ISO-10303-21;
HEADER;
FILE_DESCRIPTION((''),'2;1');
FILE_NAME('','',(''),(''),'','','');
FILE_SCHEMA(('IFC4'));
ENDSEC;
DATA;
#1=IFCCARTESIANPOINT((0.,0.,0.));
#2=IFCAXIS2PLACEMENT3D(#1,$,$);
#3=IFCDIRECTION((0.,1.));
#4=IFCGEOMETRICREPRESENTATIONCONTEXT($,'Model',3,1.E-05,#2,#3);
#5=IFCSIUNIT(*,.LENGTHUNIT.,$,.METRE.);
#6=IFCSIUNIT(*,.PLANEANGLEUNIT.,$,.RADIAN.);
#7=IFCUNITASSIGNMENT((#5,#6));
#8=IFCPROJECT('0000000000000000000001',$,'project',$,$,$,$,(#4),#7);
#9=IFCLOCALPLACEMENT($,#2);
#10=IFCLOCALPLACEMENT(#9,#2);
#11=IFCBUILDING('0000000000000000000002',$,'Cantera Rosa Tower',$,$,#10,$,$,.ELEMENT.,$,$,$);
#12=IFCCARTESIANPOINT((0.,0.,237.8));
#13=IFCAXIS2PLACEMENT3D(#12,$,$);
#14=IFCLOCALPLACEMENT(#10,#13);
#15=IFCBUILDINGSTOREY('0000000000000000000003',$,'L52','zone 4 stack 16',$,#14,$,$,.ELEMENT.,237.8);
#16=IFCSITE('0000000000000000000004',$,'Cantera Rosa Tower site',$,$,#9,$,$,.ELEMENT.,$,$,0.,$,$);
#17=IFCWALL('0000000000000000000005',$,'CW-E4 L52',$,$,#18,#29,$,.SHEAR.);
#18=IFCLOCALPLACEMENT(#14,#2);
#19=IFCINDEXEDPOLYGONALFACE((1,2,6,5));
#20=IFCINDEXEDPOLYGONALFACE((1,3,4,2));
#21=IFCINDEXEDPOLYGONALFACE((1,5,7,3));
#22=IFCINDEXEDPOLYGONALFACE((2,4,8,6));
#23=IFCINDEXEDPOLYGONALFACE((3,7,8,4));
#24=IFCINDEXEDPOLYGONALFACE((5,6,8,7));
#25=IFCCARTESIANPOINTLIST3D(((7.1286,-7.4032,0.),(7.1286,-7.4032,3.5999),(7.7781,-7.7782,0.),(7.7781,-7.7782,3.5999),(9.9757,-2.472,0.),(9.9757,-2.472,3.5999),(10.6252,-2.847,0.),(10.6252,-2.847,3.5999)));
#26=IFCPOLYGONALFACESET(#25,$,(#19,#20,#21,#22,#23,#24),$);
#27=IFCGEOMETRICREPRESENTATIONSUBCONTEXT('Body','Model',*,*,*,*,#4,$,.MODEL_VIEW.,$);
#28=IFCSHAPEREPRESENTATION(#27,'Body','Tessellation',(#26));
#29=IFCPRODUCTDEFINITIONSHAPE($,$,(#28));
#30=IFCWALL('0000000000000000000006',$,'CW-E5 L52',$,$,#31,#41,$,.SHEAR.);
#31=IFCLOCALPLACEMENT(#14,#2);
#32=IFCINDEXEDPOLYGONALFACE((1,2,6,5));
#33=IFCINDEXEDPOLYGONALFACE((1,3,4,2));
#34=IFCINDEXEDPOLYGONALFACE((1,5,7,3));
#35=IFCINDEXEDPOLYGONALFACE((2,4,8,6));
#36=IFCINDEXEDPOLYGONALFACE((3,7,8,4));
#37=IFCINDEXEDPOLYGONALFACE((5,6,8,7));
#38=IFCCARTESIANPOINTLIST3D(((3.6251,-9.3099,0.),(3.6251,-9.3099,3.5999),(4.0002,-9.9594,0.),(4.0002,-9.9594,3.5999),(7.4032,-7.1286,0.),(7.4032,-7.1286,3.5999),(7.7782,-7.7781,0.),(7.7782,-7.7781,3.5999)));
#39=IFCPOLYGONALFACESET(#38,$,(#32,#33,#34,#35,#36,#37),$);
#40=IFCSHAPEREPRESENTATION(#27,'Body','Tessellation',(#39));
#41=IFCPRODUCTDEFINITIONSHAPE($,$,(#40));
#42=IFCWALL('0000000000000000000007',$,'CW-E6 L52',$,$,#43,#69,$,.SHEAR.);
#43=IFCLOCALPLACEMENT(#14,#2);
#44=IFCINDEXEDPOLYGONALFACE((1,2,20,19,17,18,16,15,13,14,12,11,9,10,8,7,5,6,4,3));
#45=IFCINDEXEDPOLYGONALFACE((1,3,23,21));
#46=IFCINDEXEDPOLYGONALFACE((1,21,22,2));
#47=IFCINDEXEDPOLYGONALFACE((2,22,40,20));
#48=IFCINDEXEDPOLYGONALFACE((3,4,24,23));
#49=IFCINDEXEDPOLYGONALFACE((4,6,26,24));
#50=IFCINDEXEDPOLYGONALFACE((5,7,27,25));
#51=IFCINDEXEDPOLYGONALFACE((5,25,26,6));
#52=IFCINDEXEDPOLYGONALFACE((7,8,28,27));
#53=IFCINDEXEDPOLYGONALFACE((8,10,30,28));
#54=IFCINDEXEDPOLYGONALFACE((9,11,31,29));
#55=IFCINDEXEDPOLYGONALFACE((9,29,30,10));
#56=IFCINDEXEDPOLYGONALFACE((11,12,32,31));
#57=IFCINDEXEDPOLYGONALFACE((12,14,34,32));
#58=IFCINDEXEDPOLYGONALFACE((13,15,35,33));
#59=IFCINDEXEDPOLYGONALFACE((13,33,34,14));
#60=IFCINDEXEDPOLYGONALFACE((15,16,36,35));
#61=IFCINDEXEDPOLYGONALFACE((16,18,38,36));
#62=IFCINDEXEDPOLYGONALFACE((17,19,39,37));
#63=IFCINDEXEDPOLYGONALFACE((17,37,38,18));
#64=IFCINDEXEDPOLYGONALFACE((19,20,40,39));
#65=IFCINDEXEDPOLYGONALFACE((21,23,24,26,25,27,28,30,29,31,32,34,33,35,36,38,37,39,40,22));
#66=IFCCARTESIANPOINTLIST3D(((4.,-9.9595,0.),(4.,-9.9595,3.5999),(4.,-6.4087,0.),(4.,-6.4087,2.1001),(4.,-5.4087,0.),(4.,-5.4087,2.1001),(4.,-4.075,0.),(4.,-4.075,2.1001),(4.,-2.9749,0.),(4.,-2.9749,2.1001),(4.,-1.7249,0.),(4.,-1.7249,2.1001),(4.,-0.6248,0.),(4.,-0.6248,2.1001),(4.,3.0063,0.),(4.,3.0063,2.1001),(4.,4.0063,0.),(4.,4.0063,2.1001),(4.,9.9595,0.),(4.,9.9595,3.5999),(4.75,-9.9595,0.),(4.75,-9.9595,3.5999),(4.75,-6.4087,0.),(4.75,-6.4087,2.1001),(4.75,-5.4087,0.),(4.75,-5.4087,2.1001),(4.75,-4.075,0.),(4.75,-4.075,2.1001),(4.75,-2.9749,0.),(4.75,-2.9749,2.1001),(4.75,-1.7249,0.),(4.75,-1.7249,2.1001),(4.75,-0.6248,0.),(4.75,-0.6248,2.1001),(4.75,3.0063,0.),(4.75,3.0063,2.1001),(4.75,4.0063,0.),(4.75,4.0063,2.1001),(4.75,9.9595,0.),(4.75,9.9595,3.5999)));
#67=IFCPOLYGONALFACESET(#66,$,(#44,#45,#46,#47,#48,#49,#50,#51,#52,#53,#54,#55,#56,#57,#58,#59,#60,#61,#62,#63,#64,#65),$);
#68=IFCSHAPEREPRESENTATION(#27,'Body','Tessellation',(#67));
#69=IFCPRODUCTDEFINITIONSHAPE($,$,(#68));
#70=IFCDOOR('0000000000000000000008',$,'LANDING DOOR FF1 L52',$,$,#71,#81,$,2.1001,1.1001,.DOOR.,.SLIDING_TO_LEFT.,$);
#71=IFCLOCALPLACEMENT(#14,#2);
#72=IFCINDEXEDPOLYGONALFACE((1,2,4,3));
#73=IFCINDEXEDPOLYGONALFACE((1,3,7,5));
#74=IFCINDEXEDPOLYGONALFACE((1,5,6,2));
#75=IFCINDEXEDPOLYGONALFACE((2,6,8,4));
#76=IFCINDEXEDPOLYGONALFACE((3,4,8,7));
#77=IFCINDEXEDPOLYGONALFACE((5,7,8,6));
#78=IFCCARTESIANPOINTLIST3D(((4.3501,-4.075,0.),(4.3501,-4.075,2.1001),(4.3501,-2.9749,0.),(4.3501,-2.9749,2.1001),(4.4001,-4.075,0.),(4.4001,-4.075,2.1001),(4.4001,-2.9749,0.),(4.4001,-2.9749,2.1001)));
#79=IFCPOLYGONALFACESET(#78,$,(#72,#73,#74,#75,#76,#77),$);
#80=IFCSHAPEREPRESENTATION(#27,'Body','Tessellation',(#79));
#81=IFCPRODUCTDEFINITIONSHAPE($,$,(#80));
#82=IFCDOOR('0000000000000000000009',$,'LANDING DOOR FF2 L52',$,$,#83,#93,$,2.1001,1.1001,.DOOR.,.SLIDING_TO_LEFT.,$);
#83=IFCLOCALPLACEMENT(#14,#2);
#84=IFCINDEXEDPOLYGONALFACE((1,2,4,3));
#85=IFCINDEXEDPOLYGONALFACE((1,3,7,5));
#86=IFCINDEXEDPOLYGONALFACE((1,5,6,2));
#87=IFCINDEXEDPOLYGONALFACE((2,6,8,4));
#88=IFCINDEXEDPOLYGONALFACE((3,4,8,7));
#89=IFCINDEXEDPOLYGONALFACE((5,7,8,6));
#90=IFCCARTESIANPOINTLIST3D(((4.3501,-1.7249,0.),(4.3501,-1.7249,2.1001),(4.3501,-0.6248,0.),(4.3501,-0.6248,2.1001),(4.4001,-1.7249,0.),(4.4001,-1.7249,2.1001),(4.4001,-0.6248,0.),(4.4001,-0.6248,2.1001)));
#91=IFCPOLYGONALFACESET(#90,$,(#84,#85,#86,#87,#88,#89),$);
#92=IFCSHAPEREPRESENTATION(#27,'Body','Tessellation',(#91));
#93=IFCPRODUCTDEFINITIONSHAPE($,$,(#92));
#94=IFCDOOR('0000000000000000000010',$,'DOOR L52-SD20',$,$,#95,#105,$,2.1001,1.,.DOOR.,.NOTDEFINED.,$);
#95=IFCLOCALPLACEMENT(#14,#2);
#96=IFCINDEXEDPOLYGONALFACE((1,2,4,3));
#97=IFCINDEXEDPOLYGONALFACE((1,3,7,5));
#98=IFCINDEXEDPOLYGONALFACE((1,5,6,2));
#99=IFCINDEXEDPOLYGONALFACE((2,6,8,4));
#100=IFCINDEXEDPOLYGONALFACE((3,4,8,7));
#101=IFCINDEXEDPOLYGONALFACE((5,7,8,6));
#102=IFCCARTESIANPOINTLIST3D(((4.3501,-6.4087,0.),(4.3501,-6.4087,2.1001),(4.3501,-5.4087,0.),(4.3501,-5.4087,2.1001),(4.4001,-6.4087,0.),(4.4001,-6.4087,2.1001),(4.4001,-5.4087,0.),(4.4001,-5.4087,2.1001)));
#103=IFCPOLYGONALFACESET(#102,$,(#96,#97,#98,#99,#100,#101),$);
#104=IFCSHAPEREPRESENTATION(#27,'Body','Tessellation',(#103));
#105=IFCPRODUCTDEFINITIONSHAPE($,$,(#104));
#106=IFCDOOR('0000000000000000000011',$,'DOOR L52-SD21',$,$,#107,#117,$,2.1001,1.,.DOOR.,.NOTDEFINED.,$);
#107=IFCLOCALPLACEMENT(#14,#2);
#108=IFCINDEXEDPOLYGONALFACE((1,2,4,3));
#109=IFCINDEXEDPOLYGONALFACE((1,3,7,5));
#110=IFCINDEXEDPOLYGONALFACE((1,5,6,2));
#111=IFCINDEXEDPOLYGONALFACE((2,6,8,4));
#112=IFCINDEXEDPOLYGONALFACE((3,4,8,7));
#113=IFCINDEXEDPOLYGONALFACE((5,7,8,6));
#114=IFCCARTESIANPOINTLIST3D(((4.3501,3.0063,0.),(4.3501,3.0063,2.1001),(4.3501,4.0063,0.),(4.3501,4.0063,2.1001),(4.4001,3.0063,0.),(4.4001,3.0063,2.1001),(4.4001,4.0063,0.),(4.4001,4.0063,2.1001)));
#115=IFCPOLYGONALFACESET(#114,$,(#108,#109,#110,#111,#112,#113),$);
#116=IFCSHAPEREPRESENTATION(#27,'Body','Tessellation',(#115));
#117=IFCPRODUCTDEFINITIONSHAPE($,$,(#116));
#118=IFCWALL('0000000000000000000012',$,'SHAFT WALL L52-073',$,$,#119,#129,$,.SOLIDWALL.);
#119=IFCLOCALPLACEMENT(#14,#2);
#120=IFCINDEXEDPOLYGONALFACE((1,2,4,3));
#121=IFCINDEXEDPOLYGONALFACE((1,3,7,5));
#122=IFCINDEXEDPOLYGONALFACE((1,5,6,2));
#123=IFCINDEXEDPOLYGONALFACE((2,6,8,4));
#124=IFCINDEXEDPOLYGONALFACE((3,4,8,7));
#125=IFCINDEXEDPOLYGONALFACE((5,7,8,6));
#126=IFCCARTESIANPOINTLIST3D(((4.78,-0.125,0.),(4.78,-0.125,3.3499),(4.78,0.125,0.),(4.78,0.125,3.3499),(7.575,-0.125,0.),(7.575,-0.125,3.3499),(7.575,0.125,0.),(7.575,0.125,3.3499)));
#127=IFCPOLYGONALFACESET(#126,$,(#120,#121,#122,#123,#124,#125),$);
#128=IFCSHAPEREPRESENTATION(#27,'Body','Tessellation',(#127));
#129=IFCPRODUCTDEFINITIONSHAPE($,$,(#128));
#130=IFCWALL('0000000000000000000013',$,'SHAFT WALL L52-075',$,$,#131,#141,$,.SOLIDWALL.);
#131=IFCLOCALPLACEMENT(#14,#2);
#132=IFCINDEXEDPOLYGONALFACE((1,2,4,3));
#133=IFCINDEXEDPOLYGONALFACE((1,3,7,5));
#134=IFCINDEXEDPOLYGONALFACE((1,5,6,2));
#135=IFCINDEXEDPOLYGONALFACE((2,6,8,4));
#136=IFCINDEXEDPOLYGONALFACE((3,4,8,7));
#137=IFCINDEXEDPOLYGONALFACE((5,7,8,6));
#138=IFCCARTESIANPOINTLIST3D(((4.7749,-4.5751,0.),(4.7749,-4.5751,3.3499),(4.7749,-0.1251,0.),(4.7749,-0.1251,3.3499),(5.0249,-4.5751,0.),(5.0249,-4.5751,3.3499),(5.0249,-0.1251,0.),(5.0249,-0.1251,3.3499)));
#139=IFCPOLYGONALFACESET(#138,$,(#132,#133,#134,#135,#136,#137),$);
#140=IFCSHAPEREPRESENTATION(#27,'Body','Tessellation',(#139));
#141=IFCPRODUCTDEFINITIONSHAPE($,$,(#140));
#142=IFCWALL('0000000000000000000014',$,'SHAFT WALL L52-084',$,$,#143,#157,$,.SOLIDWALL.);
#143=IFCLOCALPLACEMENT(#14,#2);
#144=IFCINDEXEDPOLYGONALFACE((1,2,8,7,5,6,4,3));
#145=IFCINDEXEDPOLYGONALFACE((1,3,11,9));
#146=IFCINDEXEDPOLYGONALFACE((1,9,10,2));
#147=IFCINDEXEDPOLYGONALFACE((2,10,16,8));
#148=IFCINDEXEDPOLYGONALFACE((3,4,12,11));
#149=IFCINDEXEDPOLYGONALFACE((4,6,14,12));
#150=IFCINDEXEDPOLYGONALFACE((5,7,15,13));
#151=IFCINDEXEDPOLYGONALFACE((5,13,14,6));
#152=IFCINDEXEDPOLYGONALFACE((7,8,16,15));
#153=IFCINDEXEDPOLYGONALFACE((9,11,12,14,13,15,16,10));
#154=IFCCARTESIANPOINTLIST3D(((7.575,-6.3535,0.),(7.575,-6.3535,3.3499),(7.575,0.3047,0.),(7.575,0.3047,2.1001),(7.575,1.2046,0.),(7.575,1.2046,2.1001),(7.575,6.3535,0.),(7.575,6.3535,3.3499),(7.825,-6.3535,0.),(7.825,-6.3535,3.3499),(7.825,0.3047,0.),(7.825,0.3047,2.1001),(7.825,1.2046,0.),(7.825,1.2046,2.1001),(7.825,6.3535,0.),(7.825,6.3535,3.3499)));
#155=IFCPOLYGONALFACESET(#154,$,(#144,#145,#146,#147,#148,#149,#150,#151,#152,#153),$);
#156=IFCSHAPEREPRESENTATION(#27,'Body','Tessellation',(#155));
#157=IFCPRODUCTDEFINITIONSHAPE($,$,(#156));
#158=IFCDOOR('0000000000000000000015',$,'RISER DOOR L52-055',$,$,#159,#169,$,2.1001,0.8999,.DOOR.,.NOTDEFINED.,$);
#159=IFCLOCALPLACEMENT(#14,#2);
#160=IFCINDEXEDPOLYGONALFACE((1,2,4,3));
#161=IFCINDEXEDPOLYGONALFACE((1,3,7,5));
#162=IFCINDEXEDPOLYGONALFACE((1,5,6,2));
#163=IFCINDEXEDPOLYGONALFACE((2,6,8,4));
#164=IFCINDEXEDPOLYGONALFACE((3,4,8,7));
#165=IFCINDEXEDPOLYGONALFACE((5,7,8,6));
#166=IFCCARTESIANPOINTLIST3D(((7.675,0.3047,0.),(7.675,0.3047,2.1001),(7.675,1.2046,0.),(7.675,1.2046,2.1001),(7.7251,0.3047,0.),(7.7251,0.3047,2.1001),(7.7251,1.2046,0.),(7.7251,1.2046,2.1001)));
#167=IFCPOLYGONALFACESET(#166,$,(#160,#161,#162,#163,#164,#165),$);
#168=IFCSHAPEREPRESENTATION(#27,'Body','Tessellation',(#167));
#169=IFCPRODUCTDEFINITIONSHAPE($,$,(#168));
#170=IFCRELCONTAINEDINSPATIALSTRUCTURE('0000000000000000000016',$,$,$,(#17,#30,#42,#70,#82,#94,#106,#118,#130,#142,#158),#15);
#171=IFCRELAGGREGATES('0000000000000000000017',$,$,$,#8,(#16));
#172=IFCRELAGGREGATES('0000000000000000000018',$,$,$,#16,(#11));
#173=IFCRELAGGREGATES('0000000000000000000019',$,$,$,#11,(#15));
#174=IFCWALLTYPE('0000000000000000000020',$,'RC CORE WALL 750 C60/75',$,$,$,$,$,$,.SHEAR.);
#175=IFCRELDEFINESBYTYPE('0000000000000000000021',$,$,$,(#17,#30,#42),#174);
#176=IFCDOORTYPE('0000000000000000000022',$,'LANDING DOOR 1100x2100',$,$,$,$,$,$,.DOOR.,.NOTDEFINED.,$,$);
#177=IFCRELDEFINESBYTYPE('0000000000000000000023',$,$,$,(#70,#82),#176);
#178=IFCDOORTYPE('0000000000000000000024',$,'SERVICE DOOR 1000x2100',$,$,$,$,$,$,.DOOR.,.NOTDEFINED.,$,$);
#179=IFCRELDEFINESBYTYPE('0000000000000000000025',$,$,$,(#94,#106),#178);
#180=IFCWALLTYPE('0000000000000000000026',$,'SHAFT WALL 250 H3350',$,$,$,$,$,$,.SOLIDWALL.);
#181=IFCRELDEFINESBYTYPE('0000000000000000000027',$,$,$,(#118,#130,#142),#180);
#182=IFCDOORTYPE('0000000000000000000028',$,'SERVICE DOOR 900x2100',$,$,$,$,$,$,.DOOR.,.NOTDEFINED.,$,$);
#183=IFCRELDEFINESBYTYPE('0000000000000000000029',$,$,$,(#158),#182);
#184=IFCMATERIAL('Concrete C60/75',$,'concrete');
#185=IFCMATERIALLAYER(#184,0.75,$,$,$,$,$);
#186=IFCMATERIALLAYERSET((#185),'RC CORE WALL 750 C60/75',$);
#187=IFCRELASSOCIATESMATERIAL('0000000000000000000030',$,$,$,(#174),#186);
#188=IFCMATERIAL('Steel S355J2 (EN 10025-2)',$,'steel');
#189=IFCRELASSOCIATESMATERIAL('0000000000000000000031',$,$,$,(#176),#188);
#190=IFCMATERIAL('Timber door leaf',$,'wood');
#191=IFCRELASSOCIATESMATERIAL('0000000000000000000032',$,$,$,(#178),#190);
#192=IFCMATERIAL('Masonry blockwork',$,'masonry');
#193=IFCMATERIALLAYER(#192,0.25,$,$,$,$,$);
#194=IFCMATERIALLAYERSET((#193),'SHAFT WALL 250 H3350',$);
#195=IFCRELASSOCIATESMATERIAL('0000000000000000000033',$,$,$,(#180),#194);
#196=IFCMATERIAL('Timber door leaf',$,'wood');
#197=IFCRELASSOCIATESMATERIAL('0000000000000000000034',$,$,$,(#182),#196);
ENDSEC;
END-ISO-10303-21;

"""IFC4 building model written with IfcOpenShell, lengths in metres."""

from ifc_helpers import new_model, si_unit, direction, frame, frame_2d, origin, place, context, subcontext, project, spatial, rectangle, extrude, material, layer, layer_set, type_object, element, fill, save


model = new_model("IFC4")

# Units and contexts
model_context = context("Model", 3, precision=1e-05, world=origin(), true_north=direction((0.0, 1.0)))
body_context = subcontext(model_context, "Body", "Model", "MODEL_VIEW")
ifc_project = project(units=[si_unit("LENGTHUNIT", "METRE"), si_unit("PLANEANGLEUNIT", "RADIAN")], contexts=[model_context])

# Site, building, storey
site_placement = place(None, origin())
site = spatial("IfcSite", under=ifc_project, at=site_placement, Name="Cantera Rosa Tower site", CompositionType="ELEMENT", RefElevation=0.0)
building_placement = place(site_placement, origin())
building = spatial("IfcBuilding", under=site, at=building_placement, Name="Cantera Rosa Tower", CompositionType="ELEMENT")
storey_placement = place(building_placement, frame((0.0, 0.0, 237.8)))
storey = spatial("IfcBuildingStorey", under=building, at=storey_placement, Name="L52", Description="zone 4 stack 16", CompositionType="ELEMENT", Elevation=237.8)

# Walls
ifc_material_1 = material(Name="Concrete C60/75", Category="concrete")
ifc_layer_1 = layer(ifc_material_1, 0.75)
ifc_layer_set_1 = layer_set([ifc_layer_1], Name="RC CORE WALL 750 C60/75")
wall_type_1 = type_object("IfcWallType", Name="RC CORE WALL 750 C60/75", PredefinedType="SHEAR", material=ifc_layer_set_1)
wall_1_placement = place(storey_placement, frame((10.3005, -2.6594, 0.0), z_axis=(0.0, 0.0, 1.0), x_axis=(-0.500022, -0.866013, 0.0)))
element("IfcWall", 1, at=wall_1_placement, inside=storey, type_object=wall_type_1, Name="CW-E4 L52", PredefinedType="SHEAR", context=body_context, shape_type="SweptSolid", body=[
    extrude(rectangle(XDim=5.6941, YDim=0.75, at=frame_2d((2.8472, 0.0))), origin(), (0.0, 0.0, 1.0), 3.5999),
])
wall_2_placement = place(storey_placement, frame((7.5906, -7.4534, 0.0), z_axis=(0.0, 0.0, 1.0), x_axis=(-0.866013, -0.500021, 0.0)))
element("IfcWall", 2, at=wall_2_placement, inside=storey, type_object=wall_type_1, Name="CW-E5 L52", PredefinedType="SHEAR", context=body_context, shape_type="SweptSolid", body=[
    extrude(rectangle(XDim=4.3625, YDim=0.75, at=frame_2d((2.1812, 0.0))), origin(), (0.0, 0.0, 1.0), 3.5999),
])

# Wall, openings, doors
wall_3_placement = place(storey_placement, frame((4.375, -9.9595, 0.0), z_axis=(0.0, 0.0, 1.0), x_axis=(0.0, 1.0, 0.0)))
wall_3 = element("IfcWall", 3, at=wall_3_placement, inside=storey, type_object=wall_type_1, Name="CW-E6 L52", PredefinedType="SHEAR", context=body_context, shape_type="SweptSolid", body=[
    extrude(rectangle(XDim=19.9189, YDim=0.75, at=frame_2d((9.9595, 0.0))), origin(), (0.0, 0.0, 1.0), 3.5999),
])
opening_1_placement = place(wall_3_placement, frame((5.8845, 0.0, 0.0)))
opening_1 = element("IfcOpeningElement", 4, at=opening_1_placement, cuts=wall_3, PredefinedType="OPENING", context=body_context, shape_type="SweptSolid", body=[
    extrude(rectangle(XDim=1.1001, YDim=2.1001, at=frame_2d((0.55, 1.05))), frame((0.0, 0.385, 0.0), z_axis=(0.0, -1.0, 0.0), x_axis=(1.0, 0.0, 0.0)), (0.0, 0.0, 1.0), 0.77),
])
opening_2_placement = place(wall_3_placement, frame((8.2346, 0.0, 0.0)))
opening_2 = element("IfcOpeningElement", 5, at=opening_2_placement, cuts=wall_3, PredefinedType="OPENING", context=body_context, shape_type="SweptSolid", body=[
    extrude(rectangle(XDim=1.1001, YDim=2.1001, at=frame_2d((0.55, 1.05))), frame((0.0, 0.385, 0.0), z_axis=(0.0, -1.0, 0.0), x_axis=(1.0, 0.0, 0.0)), (0.0, 0.0, 1.0), 0.77),
])
opening_3_placement = place(wall_3_placement, frame((3.5508, 0.0, 0.0)))
opening_3 = element("IfcOpeningElement", 6, at=opening_3_placement, cuts=wall_3, PredefinedType="OPENING", context=body_context, shape_type="SweptSolid", body=[
    extrude(rectangle(XDim=1.0, YDim=2.1001, at=frame_2d((0.5, 1.05))), frame((0.0, 0.385, 0.0), z_axis=(0.0, -1.0, 0.0), x_axis=(1.0, 0.0, 0.0)), (0.0, 0.0, 1.0), 0.77),
])
opening_4_placement = place(wall_3_placement, frame((12.9658, 0.0, 0.0)))
opening_4 = element("IfcOpeningElement", 7, at=opening_4_placement, cuts=wall_3, PredefinedType="OPENING", context=body_context, shape_type="SweptSolid", body=[
    extrude(rectangle(XDim=1.0, YDim=2.1001, at=frame_2d((0.5, 1.05))), frame((0.0, 0.385, 0.0), z_axis=(0.0, -1.0, 0.0), x_axis=(1.0, 0.0, 0.0)), (0.0, 0.0, 1.0), 0.77),
])
ifc_material_2 = material(Name="Steel S355J2 (EN 10025-2)", Category="steel")
door_type_1 = type_object("IfcDoorType", Name="LANDING DOOR 1100x2100", OperationType="NOTDEFINED", PredefinedType="DOOR", material=ifc_material_2)
door_1_placement = place(opening_1_placement, origin())
door_1 = element("IfcDoor", 8, at=door_1_placement, inside=storey, type_object=door_type_1, Name="LANDING DOOR FF1 L52", OperationType="SLIDING_TO_LEFT", OverallHeight=2.1001, OverallWidth=1.1001, PredefinedType="DOOR", context=body_context, shape_type="SweptSolid", body=[
    extrude(rectangle(XDim=1.1001, YDim=2.1001, at=frame_2d((0.55, 1.05))), frame((0.0, 0.0249, 0.0), z_axis=(0.0, -1.0, 0.0), x_axis=(1.0, 0.0, 0.0)), (0.0, 0.0, 1.0), 0.05),
])
fill(opening_1, door_1)
door_2_placement = place(opening_2_placement, origin())
door_2 = element("IfcDoor", 9, at=door_2_placement, inside=storey, type_object=door_type_1, Name="LANDING DOOR FF2 L52", OperationType="SLIDING_TO_LEFT", OverallHeight=2.1001, OverallWidth=1.1001, PredefinedType="DOOR", context=body_context, shape_type="SweptSolid", body=[
    extrude(rectangle(XDim=1.1001, YDim=2.1001, at=frame_2d((0.55, 1.05))), frame((0.0, 0.0249, 0.0), z_axis=(0.0, -1.0, 0.0), x_axis=(1.0, 0.0, 0.0)), (0.0, 0.0, 1.0), 0.05),
])
fill(opening_2, door_2)
ifc_material_3 = material(Name="Timber door leaf", Category="wood")
door_type_2 = type_object("IfcDoorType", Name="SERVICE DOOR 1000x2100", OperationType="NOTDEFINED", PredefinedType="DOOR", material=ifc_material_3)
door_3_placement = place(opening_3_placement, origin())
door_3 = element("IfcDoor", 10, at=door_3_placement, inside=storey, type_object=door_type_2, Name="DOOR L52-SD20", OperationType="NOTDEFINED", OverallHeight=2.1001, OverallWidth=1.0, PredefinedType="DOOR", context=body_context, shape_type="SweptSolid", body=[
    extrude(rectangle(XDim=1.0, YDim=2.1001, at=frame_2d((0.5, 1.05))), frame((0.0, 0.0249, 0.0), z_axis=(0.0, -1.0, 0.0), x_axis=(1.0, 0.0, 0.0)), (0.0, 0.0, 1.0), 0.05),
])
fill(opening_3, door_3)
door_4_placement = place(opening_4_placement, origin())
door_4 = element("IfcDoor", 11, at=door_4_placement, inside=storey, type_object=door_type_2, Name="DOOR L52-SD21", OperationType="NOTDEFINED", OverallHeight=2.1001, OverallWidth=1.0, PredefinedType="DOOR", context=body_context, shape_type="SweptSolid", body=[
    extrude(rectangle(XDim=1.0, YDim=2.1001, at=frame_2d((0.5, 1.05))), frame((0.0, 0.0249, 0.0), z_axis=(0.0, -1.0, 0.0), x_axis=(1.0, 0.0, 0.0)), (0.0, 0.0, 1.0), 0.05),
])
fill(opening_4, door_4)

# Walls
ifc_material_4 = material(Name="Masonry blockwork", Category="masonry")
ifc_layer_2 = layer(ifc_material_4, 0.25)
ifc_layer_set_2 = layer_set([ifc_layer_2], Name="SHAFT WALL 250 H3350")
wall_type_2 = type_object("IfcWallType", Name="SHAFT WALL 250 H3350", PredefinedType="SOLIDWALL", material=ifc_layer_set_2)
wall_4_placement = place(storey_placement, frame((4.78, 0.0, 0.0), z_axis=(0.0, 0.0, 1.0), x_axis=(1.0, 0.0, 0.0)))
element("IfcWall", 12, at=wall_4_placement, inside=storey, type_object=wall_type_2, Name="SHAFT WALL L52-073", PredefinedType="SOLIDWALL", context=body_context, shape_type="SweptSolid", body=[
    extrude(rectangle(XDim=2.7949, YDim=0.25, at=frame_2d((1.3975, 0.0))), origin(), (0.0, 0.0, 1.0), 3.3499),
])
wall_5_placement = place(storey_placement, frame((4.8999, -0.125, 0.0), z_axis=(0.0, 0.0, 1.0), x_axis=(0.0, -1.0, 0.0)))
element("IfcWall", 13, at=wall_5_placement, inside=storey, type_object=wall_type_2, Name="SHAFT WALL L52-075", PredefinedType="SOLIDWALL", context=body_context, shape_type="SweptSolid", body=[
    extrude(rectangle(XDim=4.45, YDim=0.25, at=frame_2d((2.2251, 0.0))), origin(), (0.0, 0.0, 1.0), 3.3499),
])

# Wall, opening, door
wall_6_placement = place(storey_placement, frame((7.7, -6.3535, 0.0), z_axis=(0.0, 0.0, 1.0), x_axis=(0.0, 1.0, 0.0)))
wall_6 = element("IfcWall", 14, at=wall_6_placement, inside=storey, type_object=wall_type_2, Name="SHAFT WALL L52-084", PredefinedType="SOLIDWALL", context=body_context, shape_type="SweptSolid", body=[
    extrude(rectangle(XDim=12.707, YDim=0.25, at=frame_2d((6.3535, 0.0))), origin(), (0.0, 0.0, 1.0), 3.3499),
])
opening_5_placement = place(wall_6_placement, frame((6.6582, 0.0, 0.0)))
opening_5 = element("IfcOpeningElement", 15, at=opening_5_placement, cuts=wall_6, PredefinedType="OPENING", context=body_context, shape_type="SweptSolid", body=[
    extrude(rectangle(XDim=0.8999, YDim=2.1001, at=frame_2d((0.45, 1.05))), frame((0.0, 0.135, 0.0), z_axis=(0.0, -1.0, 0.0), x_axis=(1.0, 0.0, 0.0)), (0.0, 0.0, 1.0), 0.27),
])
ifc_material_5 = material(Name="Timber door leaf", Category="wood")
door_type_3 = type_object("IfcDoorType", Name="SERVICE DOOR 900x2100", OperationType="NOTDEFINED", PredefinedType="DOOR", material=ifc_material_5)
door_5_placement = place(opening_5_placement, origin())
door_5 = element("IfcDoor", 16, at=door_5_placement, inside=storey, type_object=door_type_3, Name="RISER DOOR L52-055", OperationType="NOTDEFINED", OverallHeight=2.1001, OverallWidth=0.8999, PredefinedType="DOOR", context=body_context, shape_type="SweptSolid", body=[
    extrude(rectangle(XDim=0.8999, YDim=2.1001, at=frame_2d((0.45, 1.05))), frame((0.0, 0.0249, 0.0), z_axis=(0.0, -1.0, 0.0), x_axis=(1.0, 0.0, 0.0)), (0.0, 0.0, 1.0), 0.05),
])
fill(opening_5, door_5)

save(model, "model.ifc")
